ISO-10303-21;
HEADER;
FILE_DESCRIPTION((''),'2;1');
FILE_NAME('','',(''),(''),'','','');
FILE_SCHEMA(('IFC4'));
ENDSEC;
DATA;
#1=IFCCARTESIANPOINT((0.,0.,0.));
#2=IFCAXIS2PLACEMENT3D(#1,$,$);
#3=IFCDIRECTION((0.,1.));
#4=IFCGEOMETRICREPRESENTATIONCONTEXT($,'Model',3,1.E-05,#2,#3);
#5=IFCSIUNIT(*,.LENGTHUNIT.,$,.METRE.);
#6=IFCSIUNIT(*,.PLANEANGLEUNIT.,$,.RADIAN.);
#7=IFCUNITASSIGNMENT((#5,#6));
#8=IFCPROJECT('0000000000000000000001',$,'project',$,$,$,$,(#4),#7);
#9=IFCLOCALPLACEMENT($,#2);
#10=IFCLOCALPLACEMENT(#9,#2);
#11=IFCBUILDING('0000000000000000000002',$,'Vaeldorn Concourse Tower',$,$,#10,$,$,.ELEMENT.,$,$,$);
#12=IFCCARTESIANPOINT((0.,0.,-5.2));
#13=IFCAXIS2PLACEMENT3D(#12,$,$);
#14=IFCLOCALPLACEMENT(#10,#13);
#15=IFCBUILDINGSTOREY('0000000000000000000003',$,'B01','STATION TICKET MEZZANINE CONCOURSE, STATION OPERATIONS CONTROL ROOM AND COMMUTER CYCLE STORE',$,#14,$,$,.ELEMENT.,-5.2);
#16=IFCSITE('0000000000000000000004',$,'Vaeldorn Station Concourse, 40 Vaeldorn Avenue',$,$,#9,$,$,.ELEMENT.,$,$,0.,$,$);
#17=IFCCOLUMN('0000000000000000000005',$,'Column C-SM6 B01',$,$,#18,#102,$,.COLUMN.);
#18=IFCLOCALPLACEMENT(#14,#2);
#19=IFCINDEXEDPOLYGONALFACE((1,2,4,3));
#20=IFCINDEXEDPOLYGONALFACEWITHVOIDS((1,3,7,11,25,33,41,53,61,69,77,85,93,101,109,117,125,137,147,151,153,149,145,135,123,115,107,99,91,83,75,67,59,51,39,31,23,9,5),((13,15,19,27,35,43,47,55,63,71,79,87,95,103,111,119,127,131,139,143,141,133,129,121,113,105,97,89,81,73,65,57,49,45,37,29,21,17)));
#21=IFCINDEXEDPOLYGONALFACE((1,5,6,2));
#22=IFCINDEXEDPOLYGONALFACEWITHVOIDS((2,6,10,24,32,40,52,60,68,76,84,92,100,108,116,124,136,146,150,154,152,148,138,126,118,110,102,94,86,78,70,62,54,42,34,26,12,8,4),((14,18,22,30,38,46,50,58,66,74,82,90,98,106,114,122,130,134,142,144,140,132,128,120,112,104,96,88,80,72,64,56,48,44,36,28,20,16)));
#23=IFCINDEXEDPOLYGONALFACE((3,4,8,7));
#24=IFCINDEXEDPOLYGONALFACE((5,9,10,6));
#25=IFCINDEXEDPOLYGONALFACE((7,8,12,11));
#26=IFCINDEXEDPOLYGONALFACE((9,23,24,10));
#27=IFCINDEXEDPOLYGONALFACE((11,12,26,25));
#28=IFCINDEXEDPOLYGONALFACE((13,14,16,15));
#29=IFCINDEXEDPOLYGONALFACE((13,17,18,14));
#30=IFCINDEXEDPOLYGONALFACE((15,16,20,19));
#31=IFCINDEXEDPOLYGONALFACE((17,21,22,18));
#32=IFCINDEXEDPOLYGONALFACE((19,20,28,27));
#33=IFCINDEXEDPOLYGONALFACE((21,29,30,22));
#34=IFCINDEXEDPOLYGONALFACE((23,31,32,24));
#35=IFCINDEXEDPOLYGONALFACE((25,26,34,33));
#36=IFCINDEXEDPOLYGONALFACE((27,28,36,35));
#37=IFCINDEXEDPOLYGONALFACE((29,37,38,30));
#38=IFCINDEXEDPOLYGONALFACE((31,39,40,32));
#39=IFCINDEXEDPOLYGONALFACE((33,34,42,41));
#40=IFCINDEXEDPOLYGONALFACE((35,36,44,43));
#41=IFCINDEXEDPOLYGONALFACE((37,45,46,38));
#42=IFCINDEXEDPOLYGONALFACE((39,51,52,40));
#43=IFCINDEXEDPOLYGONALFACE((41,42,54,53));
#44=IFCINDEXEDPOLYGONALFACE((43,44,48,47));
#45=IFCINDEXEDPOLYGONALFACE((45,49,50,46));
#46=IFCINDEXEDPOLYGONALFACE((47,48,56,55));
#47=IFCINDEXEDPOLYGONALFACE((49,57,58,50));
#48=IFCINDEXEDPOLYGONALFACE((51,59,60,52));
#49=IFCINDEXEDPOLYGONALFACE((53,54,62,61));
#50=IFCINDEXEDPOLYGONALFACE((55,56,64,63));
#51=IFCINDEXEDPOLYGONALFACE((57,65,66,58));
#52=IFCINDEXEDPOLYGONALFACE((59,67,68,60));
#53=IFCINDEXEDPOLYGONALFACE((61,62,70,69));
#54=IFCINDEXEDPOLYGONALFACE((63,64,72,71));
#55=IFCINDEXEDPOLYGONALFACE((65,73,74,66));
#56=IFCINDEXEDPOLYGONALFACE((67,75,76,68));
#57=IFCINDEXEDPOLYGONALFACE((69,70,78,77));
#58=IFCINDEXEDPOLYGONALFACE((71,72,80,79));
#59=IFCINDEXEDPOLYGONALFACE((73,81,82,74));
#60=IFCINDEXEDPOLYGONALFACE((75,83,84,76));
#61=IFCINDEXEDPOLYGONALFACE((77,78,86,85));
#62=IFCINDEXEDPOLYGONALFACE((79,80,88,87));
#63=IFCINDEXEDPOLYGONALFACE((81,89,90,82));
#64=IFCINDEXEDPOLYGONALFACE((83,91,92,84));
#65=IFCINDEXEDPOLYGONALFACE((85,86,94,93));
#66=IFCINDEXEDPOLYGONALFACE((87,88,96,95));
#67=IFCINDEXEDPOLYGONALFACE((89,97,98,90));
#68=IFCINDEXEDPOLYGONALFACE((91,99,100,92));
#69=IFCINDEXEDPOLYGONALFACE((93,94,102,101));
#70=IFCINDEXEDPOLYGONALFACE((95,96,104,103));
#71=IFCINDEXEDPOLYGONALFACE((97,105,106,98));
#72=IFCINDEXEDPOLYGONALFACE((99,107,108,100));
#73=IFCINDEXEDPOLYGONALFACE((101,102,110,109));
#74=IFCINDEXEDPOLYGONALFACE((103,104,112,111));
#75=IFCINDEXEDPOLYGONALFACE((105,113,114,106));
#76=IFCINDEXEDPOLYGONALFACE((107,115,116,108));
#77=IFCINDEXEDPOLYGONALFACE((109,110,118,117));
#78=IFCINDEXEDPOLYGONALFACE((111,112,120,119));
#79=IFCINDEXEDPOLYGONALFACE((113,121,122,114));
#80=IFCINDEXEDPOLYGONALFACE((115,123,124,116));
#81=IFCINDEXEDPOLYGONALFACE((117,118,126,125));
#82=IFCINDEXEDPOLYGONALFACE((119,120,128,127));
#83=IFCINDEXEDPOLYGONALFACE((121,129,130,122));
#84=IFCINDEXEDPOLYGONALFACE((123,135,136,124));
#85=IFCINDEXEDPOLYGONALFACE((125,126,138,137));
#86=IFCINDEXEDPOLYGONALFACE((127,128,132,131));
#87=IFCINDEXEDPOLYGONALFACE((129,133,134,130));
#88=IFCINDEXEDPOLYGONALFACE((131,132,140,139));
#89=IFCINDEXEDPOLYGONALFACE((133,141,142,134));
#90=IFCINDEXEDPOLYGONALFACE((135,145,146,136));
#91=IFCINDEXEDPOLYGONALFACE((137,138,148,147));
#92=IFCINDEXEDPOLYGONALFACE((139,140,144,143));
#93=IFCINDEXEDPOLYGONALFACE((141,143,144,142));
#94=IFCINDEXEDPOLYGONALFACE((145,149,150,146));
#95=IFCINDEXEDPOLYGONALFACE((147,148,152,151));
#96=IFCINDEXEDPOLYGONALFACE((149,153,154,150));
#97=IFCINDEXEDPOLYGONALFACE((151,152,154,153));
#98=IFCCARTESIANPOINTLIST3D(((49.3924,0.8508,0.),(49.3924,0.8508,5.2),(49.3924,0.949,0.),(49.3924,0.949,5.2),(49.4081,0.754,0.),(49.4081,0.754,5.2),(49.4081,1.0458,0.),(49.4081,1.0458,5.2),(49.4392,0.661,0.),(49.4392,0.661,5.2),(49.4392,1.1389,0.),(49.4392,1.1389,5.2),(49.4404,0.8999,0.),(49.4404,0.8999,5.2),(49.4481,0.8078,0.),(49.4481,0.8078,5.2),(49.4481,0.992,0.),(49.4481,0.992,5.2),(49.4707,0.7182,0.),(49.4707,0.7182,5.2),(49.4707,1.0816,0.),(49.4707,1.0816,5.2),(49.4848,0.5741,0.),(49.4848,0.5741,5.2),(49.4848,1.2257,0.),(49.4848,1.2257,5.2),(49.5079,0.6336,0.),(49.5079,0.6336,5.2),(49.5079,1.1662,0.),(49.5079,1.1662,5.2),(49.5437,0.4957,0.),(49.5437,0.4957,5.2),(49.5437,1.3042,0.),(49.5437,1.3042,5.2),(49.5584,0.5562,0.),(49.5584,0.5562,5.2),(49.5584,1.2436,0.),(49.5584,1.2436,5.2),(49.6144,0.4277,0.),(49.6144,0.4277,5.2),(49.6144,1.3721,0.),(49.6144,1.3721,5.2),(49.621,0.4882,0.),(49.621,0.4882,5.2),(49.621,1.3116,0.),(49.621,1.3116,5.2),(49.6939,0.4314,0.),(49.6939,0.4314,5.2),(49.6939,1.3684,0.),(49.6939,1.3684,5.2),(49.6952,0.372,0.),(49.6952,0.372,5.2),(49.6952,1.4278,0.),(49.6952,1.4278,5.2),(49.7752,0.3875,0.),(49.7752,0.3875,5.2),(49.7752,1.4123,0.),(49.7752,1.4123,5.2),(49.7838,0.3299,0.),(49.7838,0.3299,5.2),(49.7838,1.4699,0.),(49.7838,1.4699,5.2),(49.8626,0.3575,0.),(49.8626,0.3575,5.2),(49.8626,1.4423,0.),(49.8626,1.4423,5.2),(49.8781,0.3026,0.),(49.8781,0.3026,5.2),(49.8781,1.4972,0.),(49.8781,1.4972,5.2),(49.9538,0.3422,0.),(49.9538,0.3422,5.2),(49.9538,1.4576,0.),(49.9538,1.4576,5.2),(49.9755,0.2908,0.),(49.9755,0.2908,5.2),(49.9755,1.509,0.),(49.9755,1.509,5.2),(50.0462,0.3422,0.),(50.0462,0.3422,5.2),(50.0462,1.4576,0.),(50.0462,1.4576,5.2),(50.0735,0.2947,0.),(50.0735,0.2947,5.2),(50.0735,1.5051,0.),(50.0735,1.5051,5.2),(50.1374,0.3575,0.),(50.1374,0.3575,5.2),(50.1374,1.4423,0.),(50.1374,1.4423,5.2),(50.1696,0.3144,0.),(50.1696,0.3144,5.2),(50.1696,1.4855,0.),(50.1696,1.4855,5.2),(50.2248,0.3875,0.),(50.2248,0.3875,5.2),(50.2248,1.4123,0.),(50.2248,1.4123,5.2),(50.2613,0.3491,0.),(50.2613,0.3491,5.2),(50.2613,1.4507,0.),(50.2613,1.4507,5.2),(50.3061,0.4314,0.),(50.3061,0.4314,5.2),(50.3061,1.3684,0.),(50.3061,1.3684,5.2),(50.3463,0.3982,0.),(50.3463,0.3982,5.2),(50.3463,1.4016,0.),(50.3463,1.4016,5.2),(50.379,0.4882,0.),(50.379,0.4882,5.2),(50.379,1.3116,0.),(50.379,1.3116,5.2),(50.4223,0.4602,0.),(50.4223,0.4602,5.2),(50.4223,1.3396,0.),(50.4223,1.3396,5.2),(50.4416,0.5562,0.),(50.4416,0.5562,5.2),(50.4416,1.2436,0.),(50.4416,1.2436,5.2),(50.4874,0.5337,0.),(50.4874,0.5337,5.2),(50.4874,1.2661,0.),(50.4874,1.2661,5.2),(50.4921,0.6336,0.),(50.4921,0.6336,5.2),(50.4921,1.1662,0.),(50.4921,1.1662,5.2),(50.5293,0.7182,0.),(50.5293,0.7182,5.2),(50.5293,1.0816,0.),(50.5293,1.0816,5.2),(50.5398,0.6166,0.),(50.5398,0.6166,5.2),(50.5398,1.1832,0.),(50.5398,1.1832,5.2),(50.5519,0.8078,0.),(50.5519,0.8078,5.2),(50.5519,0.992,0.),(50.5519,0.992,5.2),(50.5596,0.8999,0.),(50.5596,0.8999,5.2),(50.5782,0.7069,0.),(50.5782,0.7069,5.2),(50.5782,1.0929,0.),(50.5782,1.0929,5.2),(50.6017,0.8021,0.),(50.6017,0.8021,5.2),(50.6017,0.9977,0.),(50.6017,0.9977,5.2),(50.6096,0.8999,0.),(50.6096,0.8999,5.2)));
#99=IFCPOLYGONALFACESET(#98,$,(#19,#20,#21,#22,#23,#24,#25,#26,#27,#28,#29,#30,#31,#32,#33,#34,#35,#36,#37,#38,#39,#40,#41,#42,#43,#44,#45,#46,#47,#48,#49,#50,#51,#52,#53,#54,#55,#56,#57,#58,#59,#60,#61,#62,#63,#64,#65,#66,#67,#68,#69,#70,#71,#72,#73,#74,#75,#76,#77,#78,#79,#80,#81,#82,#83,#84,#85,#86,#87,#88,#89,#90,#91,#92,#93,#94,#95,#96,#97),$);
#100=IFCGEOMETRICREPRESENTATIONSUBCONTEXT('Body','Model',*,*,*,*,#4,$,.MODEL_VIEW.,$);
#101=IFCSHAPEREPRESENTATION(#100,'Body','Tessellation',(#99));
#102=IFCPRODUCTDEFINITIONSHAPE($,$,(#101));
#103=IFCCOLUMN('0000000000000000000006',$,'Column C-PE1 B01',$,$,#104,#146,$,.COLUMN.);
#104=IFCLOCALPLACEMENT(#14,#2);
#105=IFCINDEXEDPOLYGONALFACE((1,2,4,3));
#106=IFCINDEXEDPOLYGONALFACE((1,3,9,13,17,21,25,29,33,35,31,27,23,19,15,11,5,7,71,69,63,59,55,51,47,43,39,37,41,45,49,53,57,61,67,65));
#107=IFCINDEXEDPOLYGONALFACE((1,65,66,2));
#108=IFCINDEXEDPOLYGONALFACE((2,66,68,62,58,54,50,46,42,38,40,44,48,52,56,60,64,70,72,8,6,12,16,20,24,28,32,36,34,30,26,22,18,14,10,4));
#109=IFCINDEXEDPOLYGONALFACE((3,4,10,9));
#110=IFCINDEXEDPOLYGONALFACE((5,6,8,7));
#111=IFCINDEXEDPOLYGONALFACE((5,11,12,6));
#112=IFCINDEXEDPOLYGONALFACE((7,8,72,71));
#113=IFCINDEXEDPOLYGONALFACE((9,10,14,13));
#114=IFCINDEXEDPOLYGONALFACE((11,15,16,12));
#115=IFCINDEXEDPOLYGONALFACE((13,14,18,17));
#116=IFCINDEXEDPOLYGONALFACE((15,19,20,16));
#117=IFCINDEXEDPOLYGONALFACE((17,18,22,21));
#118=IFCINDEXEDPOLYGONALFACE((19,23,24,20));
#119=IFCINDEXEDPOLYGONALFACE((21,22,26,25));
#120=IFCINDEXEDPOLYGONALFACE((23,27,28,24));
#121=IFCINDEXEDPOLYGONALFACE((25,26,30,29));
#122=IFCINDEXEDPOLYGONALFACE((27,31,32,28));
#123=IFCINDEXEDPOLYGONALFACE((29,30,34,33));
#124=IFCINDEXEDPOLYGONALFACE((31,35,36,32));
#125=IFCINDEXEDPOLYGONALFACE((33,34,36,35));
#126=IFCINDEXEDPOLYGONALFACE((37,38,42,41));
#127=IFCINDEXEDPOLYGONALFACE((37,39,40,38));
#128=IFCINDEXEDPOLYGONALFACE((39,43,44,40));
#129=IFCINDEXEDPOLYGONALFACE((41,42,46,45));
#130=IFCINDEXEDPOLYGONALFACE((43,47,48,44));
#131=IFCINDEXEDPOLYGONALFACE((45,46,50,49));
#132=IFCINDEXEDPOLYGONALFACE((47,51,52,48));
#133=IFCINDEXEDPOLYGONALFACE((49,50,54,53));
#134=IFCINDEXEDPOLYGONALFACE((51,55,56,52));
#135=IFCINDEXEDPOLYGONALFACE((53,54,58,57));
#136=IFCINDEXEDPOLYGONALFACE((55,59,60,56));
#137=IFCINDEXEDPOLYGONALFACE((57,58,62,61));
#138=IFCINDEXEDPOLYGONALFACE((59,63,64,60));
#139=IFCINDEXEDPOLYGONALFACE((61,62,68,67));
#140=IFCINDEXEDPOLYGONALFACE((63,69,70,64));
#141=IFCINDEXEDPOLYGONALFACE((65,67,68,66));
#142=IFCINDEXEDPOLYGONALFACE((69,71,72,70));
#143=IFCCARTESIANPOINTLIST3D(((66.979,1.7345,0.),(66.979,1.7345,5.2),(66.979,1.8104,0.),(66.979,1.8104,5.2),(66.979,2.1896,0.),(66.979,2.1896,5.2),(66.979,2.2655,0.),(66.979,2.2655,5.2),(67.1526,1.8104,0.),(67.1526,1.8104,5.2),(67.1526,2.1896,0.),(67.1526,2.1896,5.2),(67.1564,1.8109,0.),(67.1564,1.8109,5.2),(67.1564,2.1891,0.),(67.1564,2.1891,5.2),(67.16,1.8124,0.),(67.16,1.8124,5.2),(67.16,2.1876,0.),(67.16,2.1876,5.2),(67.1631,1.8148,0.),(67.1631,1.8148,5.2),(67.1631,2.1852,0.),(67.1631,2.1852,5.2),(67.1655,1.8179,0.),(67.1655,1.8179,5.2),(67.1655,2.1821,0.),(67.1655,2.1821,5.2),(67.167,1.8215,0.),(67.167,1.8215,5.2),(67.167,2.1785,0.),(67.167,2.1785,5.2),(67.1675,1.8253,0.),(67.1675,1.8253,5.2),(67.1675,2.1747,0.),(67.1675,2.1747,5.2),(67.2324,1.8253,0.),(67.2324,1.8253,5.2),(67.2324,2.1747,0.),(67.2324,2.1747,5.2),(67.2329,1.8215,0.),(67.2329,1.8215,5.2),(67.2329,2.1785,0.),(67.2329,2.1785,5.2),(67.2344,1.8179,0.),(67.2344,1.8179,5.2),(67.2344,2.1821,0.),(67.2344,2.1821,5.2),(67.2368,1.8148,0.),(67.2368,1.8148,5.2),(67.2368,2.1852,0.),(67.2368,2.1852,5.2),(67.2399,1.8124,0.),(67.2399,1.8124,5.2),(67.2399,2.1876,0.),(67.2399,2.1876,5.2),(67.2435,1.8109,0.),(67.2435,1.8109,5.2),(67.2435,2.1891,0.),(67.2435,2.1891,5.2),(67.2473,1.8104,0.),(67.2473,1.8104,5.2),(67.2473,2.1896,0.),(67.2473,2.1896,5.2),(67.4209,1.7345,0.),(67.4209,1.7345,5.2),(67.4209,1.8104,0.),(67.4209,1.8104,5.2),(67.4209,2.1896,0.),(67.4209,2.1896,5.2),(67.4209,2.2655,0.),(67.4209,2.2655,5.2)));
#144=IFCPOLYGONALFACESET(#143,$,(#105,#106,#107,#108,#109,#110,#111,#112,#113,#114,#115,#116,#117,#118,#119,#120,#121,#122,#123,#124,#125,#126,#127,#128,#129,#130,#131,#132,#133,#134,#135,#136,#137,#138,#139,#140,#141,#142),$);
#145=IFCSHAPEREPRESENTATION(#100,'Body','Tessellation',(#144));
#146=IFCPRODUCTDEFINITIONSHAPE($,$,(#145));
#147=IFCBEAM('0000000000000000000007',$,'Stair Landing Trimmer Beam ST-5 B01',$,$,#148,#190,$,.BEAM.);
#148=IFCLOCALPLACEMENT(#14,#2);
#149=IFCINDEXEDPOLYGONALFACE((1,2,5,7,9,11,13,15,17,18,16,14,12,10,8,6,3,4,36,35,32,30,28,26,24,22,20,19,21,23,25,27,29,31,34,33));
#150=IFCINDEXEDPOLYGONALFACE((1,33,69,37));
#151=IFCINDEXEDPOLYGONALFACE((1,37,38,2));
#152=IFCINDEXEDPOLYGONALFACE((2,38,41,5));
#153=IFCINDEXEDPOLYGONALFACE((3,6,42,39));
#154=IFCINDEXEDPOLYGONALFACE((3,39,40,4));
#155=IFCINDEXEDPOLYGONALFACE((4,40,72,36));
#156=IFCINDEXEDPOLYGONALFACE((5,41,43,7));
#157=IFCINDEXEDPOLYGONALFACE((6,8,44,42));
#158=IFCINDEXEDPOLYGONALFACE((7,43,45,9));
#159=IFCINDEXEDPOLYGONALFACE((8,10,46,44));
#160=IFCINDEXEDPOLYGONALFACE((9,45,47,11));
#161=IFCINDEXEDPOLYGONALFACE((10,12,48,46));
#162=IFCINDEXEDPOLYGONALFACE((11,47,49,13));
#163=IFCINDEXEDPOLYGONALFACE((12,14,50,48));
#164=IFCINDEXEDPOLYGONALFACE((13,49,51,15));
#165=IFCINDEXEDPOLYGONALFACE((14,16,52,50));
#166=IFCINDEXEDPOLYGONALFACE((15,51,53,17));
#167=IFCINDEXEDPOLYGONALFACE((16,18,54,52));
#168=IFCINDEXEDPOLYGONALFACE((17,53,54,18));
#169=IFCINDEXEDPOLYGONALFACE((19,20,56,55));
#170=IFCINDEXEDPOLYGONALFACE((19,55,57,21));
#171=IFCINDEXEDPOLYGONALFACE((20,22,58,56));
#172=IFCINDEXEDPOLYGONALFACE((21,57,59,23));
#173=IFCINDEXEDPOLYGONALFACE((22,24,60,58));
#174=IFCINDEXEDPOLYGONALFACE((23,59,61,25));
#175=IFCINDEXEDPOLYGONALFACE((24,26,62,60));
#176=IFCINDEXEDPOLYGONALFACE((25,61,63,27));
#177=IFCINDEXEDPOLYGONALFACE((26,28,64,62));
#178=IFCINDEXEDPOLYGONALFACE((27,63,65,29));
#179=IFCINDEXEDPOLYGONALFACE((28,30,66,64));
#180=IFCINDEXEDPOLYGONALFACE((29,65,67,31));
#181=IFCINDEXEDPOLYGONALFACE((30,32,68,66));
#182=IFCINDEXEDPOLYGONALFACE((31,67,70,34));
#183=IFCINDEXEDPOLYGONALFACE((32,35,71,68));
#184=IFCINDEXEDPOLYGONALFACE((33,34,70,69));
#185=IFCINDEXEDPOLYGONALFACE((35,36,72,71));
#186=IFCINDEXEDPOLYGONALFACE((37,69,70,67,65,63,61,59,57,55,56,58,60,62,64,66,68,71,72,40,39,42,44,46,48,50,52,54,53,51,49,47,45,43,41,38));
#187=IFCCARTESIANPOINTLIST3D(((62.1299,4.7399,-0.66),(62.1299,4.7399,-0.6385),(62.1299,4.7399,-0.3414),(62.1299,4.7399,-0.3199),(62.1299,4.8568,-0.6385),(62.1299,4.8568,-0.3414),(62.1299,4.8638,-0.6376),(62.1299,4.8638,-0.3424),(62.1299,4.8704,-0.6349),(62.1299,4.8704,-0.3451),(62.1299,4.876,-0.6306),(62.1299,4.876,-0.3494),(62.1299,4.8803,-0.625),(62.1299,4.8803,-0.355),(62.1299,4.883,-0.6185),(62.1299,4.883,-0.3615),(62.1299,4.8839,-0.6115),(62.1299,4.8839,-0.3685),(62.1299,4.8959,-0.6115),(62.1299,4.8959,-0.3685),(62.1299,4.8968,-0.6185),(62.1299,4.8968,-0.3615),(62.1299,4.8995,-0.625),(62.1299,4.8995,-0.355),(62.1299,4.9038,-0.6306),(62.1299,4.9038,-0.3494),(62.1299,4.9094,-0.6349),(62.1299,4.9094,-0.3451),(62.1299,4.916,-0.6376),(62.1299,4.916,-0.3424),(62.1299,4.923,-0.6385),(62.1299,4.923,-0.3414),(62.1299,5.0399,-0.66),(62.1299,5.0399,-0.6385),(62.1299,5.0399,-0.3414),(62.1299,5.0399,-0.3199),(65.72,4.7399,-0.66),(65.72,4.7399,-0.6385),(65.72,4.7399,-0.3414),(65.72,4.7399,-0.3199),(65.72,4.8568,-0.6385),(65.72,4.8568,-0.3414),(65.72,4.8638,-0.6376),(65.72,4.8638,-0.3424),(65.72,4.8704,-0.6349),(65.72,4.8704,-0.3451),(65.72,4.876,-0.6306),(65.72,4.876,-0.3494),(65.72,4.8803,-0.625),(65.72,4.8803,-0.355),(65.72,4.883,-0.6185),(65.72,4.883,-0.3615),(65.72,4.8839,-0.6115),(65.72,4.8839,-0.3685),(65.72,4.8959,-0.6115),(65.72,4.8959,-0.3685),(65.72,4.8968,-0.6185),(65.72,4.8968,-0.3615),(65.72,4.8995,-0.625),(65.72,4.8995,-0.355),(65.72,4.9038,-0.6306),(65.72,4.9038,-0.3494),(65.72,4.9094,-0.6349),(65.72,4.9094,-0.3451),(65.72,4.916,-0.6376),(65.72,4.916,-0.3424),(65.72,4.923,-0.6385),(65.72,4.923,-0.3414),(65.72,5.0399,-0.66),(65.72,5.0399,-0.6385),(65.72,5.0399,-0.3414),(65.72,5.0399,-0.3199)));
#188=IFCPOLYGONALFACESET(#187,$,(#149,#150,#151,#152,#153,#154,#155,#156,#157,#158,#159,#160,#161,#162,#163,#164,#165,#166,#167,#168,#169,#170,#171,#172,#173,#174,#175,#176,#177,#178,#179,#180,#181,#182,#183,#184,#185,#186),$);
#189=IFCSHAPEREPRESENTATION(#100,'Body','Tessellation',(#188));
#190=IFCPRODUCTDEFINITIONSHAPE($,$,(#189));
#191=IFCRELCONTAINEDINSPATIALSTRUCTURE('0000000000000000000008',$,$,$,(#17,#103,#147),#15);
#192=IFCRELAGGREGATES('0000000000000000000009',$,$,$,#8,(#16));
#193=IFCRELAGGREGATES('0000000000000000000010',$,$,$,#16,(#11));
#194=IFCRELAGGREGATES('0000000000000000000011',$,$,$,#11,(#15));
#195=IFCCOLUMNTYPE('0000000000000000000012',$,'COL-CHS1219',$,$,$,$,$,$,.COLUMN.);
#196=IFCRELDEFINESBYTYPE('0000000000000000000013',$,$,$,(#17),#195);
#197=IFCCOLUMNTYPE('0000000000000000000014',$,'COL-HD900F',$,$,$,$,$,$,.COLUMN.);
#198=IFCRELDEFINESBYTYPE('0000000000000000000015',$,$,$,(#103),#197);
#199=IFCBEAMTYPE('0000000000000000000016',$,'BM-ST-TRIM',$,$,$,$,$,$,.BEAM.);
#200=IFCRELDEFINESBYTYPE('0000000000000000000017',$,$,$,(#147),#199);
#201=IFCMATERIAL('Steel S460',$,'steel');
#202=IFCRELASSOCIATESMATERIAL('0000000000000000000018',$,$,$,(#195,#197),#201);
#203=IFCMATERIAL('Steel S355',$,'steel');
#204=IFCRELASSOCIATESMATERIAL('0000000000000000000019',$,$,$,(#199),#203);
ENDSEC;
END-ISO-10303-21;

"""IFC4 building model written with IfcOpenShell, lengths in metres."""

from ifc_helpers import new_model, si_unit, direction, frame, origin, origin_2d, place, context, subcontext, project, spatial, hollow_circle, i_section, extrude, source, transform, mapped, material, material_profile, profile_set, type_object, element, save


model = new_model("IFC4")

# Units and contexts
model_context = context("Model", 3, precision=1e-05, world=origin(), true_north=direction((0.0, 1.0)))
body_context = subcontext(model_context, "Body", "Model", "MODEL_VIEW")
ifc_project = project(units=[si_unit("LENGTHUNIT", "METRE"), si_unit("PLANEANGLEUNIT", "RADIAN")], contexts=[model_context])

# Site, building, storey
site_placement = place(None, origin())
site = spatial("IfcSite", under=ifc_project, at=site_placement, Name="Vaeldorn Station Concourse, 40 Vaeldorn Avenue", CompositionType="ELEMENT", RefElevation=0.0)
building_placement = place(site_placement, origin())
building = spatial("IfcBuilding", under=site, at=building_placement, Name="Vaeldorn Concourse Tower", CompositionType="ELEMENT")
storey_placement = place(building_placement, frame((0.0, 0.0, -5.2)))
storey = spatial("IfcBuildingStorey", under=building, at=storey_placement, Name="B01", Description="STATION TICKET MEZZANINE CONCOURSE, STATION OPERATIONS CONTROL ROOM AND COMMUTER CYCLE STORE", CompositionType="ELEMENT", Elevation=-5.2)

# Columns
ifc_material_1 = material(Name="Steel S460", Category="steel")
ifc_material_profile_1 = material_profile(ifc_material_1, hollow_circle(Radius=0.6096, WallThickness=0.05, at=origin_2d()), Name="CHS 1219x50")
ifc_profile_set_1 = profile_set([ifc_material_profile_1], Name="Steel S460")
column_type_1 = type_object("IfcColumnType", Name="COL-CHS1219", PredefinedType="COLUMN", material=ifc_profile_set_1)
shared_shape_1 = source(origin(), body_context, "Body", "SweptSolid", [
    extrude(hollow_circle(Radius=0.6096, WallThickness=0.05, at=origin_2d()), origin(), (0.0, 0.0, 1.0), 5.2),
])
for number, where, z_axis, x_axis, name in (
    (1, (50.0, 0.8999, 0.0), (0.0, 0.0, 1.0), (1.0, 0.0, 0.0), "Column C-SM6 B01"),
):
    element("IfcColumn", number, at=place(storey_placement, frame(where, z_axis=z_axis, x_axis=x_axis)), inside=storey, type_object=column_type_1, Name=name, PredefinedType="COLUMN", context=body_context, shape_type="MappedRepresentation", body=[
        mapped(shared_shape_1, transform((0.0, 0.0, 0.0), scale=1.0)),
    ])
ifc_material_profile_2 = material_profile(ifc_material_1, i_section(OverallWidth=0.4419, OverallDepth=0.531, WebThickness=0.0649, FlangeThickness=0.0759, FilletRadius=0.0149, at=origin_2d()), Name="HD 400x900")
ifc_profile_set_2 = profile_set([ifc_material_profile_2], Name="Steel S460")
column_type_2 = type_object("IfcColumnType", Name="COL-HD900F", PredefinedType="COLUMN", material=ifc_profile_set_2)
shared_shape_2 = source(origin(), body_context, "Body", "SweptSolid", [
    extrude(i_section(OverallWidth=0.4419, OverallDepth=0.531, WebThickness=0.0649, FlangeThickness=0.0759, FilletRadius=0.0149, at=origin_2d()), origin(), (0.0, 0.0, 1.0), 5.2),
])
column_placement = place(storey_placement, frame((67.2, 2.0, 0.0), z_axis=(0.0, 0.0, 1.0), x_axis=(1.0, 0.0, 0.0)))
element("IfcColumn", 2, at=column_placement, inside=storey, type_object=column_type_2, Name="Column C-PE1 B01", PredefinedType="COLUMN", context=body_context, shape_type="MappedRepresentation", body=[
    mapped(shared_shape_2, transform((0.0, 0.0, 0.0), scale=1.0)),
])

# Beam
ifc_material_2 = material(Name="Steel S355", Category="steel")
ifc_material_profile_3 = material_profile(ifc_material_2, i_section(OverallWidth=0.3, OverallDepth=0.3401, WebThickness=0.012, FlangeThickness=0.0215, FilletRadius=0.0271, at=origin_2d()), Name="HEB 340")
ifc_profile_set_3 = profile_set([ifc_material_profile_3], Name="Steel S355")
beam_type_1 = type_object("IfcBeamType", Name="BM-ST-TRIM", PredefinedType="BEAM", material=ifc_profile_set_3)
shared_shape_3 = source(origin(), body_context, "Body", "SweptSolid", [
    extrude(i_section(OverallWidth=0.3, OverallDepth=0.3401, WebThickness=0.012, FlangeThickness=0.0215, FilletRadius=0.0271, at=origin_2d()), origin(), (0.0, 0.0, 1.0), 3.5901),
])
beam_1_placement = place(storey_placement, frame((62.1299, 4.8899, -0.49), z_axis=(1.0, 0.0, 0.0), x_axis=(0.0, 1.0, 0.0)))
element("IfcBeam", 3, at=beam_1_placement, inside=storey, type_object=beam_type_1, Name="Stair Landing Trimmer Beam ST-5 B01", PredefinedType="BEAM", context=body_context, shape_type="MappedRepresentation", body=[
    mapped(shared_shape_3, transform((0.0, 0.0, 0.0), scale=1.0)),
])

save(model, "model.ifc")
